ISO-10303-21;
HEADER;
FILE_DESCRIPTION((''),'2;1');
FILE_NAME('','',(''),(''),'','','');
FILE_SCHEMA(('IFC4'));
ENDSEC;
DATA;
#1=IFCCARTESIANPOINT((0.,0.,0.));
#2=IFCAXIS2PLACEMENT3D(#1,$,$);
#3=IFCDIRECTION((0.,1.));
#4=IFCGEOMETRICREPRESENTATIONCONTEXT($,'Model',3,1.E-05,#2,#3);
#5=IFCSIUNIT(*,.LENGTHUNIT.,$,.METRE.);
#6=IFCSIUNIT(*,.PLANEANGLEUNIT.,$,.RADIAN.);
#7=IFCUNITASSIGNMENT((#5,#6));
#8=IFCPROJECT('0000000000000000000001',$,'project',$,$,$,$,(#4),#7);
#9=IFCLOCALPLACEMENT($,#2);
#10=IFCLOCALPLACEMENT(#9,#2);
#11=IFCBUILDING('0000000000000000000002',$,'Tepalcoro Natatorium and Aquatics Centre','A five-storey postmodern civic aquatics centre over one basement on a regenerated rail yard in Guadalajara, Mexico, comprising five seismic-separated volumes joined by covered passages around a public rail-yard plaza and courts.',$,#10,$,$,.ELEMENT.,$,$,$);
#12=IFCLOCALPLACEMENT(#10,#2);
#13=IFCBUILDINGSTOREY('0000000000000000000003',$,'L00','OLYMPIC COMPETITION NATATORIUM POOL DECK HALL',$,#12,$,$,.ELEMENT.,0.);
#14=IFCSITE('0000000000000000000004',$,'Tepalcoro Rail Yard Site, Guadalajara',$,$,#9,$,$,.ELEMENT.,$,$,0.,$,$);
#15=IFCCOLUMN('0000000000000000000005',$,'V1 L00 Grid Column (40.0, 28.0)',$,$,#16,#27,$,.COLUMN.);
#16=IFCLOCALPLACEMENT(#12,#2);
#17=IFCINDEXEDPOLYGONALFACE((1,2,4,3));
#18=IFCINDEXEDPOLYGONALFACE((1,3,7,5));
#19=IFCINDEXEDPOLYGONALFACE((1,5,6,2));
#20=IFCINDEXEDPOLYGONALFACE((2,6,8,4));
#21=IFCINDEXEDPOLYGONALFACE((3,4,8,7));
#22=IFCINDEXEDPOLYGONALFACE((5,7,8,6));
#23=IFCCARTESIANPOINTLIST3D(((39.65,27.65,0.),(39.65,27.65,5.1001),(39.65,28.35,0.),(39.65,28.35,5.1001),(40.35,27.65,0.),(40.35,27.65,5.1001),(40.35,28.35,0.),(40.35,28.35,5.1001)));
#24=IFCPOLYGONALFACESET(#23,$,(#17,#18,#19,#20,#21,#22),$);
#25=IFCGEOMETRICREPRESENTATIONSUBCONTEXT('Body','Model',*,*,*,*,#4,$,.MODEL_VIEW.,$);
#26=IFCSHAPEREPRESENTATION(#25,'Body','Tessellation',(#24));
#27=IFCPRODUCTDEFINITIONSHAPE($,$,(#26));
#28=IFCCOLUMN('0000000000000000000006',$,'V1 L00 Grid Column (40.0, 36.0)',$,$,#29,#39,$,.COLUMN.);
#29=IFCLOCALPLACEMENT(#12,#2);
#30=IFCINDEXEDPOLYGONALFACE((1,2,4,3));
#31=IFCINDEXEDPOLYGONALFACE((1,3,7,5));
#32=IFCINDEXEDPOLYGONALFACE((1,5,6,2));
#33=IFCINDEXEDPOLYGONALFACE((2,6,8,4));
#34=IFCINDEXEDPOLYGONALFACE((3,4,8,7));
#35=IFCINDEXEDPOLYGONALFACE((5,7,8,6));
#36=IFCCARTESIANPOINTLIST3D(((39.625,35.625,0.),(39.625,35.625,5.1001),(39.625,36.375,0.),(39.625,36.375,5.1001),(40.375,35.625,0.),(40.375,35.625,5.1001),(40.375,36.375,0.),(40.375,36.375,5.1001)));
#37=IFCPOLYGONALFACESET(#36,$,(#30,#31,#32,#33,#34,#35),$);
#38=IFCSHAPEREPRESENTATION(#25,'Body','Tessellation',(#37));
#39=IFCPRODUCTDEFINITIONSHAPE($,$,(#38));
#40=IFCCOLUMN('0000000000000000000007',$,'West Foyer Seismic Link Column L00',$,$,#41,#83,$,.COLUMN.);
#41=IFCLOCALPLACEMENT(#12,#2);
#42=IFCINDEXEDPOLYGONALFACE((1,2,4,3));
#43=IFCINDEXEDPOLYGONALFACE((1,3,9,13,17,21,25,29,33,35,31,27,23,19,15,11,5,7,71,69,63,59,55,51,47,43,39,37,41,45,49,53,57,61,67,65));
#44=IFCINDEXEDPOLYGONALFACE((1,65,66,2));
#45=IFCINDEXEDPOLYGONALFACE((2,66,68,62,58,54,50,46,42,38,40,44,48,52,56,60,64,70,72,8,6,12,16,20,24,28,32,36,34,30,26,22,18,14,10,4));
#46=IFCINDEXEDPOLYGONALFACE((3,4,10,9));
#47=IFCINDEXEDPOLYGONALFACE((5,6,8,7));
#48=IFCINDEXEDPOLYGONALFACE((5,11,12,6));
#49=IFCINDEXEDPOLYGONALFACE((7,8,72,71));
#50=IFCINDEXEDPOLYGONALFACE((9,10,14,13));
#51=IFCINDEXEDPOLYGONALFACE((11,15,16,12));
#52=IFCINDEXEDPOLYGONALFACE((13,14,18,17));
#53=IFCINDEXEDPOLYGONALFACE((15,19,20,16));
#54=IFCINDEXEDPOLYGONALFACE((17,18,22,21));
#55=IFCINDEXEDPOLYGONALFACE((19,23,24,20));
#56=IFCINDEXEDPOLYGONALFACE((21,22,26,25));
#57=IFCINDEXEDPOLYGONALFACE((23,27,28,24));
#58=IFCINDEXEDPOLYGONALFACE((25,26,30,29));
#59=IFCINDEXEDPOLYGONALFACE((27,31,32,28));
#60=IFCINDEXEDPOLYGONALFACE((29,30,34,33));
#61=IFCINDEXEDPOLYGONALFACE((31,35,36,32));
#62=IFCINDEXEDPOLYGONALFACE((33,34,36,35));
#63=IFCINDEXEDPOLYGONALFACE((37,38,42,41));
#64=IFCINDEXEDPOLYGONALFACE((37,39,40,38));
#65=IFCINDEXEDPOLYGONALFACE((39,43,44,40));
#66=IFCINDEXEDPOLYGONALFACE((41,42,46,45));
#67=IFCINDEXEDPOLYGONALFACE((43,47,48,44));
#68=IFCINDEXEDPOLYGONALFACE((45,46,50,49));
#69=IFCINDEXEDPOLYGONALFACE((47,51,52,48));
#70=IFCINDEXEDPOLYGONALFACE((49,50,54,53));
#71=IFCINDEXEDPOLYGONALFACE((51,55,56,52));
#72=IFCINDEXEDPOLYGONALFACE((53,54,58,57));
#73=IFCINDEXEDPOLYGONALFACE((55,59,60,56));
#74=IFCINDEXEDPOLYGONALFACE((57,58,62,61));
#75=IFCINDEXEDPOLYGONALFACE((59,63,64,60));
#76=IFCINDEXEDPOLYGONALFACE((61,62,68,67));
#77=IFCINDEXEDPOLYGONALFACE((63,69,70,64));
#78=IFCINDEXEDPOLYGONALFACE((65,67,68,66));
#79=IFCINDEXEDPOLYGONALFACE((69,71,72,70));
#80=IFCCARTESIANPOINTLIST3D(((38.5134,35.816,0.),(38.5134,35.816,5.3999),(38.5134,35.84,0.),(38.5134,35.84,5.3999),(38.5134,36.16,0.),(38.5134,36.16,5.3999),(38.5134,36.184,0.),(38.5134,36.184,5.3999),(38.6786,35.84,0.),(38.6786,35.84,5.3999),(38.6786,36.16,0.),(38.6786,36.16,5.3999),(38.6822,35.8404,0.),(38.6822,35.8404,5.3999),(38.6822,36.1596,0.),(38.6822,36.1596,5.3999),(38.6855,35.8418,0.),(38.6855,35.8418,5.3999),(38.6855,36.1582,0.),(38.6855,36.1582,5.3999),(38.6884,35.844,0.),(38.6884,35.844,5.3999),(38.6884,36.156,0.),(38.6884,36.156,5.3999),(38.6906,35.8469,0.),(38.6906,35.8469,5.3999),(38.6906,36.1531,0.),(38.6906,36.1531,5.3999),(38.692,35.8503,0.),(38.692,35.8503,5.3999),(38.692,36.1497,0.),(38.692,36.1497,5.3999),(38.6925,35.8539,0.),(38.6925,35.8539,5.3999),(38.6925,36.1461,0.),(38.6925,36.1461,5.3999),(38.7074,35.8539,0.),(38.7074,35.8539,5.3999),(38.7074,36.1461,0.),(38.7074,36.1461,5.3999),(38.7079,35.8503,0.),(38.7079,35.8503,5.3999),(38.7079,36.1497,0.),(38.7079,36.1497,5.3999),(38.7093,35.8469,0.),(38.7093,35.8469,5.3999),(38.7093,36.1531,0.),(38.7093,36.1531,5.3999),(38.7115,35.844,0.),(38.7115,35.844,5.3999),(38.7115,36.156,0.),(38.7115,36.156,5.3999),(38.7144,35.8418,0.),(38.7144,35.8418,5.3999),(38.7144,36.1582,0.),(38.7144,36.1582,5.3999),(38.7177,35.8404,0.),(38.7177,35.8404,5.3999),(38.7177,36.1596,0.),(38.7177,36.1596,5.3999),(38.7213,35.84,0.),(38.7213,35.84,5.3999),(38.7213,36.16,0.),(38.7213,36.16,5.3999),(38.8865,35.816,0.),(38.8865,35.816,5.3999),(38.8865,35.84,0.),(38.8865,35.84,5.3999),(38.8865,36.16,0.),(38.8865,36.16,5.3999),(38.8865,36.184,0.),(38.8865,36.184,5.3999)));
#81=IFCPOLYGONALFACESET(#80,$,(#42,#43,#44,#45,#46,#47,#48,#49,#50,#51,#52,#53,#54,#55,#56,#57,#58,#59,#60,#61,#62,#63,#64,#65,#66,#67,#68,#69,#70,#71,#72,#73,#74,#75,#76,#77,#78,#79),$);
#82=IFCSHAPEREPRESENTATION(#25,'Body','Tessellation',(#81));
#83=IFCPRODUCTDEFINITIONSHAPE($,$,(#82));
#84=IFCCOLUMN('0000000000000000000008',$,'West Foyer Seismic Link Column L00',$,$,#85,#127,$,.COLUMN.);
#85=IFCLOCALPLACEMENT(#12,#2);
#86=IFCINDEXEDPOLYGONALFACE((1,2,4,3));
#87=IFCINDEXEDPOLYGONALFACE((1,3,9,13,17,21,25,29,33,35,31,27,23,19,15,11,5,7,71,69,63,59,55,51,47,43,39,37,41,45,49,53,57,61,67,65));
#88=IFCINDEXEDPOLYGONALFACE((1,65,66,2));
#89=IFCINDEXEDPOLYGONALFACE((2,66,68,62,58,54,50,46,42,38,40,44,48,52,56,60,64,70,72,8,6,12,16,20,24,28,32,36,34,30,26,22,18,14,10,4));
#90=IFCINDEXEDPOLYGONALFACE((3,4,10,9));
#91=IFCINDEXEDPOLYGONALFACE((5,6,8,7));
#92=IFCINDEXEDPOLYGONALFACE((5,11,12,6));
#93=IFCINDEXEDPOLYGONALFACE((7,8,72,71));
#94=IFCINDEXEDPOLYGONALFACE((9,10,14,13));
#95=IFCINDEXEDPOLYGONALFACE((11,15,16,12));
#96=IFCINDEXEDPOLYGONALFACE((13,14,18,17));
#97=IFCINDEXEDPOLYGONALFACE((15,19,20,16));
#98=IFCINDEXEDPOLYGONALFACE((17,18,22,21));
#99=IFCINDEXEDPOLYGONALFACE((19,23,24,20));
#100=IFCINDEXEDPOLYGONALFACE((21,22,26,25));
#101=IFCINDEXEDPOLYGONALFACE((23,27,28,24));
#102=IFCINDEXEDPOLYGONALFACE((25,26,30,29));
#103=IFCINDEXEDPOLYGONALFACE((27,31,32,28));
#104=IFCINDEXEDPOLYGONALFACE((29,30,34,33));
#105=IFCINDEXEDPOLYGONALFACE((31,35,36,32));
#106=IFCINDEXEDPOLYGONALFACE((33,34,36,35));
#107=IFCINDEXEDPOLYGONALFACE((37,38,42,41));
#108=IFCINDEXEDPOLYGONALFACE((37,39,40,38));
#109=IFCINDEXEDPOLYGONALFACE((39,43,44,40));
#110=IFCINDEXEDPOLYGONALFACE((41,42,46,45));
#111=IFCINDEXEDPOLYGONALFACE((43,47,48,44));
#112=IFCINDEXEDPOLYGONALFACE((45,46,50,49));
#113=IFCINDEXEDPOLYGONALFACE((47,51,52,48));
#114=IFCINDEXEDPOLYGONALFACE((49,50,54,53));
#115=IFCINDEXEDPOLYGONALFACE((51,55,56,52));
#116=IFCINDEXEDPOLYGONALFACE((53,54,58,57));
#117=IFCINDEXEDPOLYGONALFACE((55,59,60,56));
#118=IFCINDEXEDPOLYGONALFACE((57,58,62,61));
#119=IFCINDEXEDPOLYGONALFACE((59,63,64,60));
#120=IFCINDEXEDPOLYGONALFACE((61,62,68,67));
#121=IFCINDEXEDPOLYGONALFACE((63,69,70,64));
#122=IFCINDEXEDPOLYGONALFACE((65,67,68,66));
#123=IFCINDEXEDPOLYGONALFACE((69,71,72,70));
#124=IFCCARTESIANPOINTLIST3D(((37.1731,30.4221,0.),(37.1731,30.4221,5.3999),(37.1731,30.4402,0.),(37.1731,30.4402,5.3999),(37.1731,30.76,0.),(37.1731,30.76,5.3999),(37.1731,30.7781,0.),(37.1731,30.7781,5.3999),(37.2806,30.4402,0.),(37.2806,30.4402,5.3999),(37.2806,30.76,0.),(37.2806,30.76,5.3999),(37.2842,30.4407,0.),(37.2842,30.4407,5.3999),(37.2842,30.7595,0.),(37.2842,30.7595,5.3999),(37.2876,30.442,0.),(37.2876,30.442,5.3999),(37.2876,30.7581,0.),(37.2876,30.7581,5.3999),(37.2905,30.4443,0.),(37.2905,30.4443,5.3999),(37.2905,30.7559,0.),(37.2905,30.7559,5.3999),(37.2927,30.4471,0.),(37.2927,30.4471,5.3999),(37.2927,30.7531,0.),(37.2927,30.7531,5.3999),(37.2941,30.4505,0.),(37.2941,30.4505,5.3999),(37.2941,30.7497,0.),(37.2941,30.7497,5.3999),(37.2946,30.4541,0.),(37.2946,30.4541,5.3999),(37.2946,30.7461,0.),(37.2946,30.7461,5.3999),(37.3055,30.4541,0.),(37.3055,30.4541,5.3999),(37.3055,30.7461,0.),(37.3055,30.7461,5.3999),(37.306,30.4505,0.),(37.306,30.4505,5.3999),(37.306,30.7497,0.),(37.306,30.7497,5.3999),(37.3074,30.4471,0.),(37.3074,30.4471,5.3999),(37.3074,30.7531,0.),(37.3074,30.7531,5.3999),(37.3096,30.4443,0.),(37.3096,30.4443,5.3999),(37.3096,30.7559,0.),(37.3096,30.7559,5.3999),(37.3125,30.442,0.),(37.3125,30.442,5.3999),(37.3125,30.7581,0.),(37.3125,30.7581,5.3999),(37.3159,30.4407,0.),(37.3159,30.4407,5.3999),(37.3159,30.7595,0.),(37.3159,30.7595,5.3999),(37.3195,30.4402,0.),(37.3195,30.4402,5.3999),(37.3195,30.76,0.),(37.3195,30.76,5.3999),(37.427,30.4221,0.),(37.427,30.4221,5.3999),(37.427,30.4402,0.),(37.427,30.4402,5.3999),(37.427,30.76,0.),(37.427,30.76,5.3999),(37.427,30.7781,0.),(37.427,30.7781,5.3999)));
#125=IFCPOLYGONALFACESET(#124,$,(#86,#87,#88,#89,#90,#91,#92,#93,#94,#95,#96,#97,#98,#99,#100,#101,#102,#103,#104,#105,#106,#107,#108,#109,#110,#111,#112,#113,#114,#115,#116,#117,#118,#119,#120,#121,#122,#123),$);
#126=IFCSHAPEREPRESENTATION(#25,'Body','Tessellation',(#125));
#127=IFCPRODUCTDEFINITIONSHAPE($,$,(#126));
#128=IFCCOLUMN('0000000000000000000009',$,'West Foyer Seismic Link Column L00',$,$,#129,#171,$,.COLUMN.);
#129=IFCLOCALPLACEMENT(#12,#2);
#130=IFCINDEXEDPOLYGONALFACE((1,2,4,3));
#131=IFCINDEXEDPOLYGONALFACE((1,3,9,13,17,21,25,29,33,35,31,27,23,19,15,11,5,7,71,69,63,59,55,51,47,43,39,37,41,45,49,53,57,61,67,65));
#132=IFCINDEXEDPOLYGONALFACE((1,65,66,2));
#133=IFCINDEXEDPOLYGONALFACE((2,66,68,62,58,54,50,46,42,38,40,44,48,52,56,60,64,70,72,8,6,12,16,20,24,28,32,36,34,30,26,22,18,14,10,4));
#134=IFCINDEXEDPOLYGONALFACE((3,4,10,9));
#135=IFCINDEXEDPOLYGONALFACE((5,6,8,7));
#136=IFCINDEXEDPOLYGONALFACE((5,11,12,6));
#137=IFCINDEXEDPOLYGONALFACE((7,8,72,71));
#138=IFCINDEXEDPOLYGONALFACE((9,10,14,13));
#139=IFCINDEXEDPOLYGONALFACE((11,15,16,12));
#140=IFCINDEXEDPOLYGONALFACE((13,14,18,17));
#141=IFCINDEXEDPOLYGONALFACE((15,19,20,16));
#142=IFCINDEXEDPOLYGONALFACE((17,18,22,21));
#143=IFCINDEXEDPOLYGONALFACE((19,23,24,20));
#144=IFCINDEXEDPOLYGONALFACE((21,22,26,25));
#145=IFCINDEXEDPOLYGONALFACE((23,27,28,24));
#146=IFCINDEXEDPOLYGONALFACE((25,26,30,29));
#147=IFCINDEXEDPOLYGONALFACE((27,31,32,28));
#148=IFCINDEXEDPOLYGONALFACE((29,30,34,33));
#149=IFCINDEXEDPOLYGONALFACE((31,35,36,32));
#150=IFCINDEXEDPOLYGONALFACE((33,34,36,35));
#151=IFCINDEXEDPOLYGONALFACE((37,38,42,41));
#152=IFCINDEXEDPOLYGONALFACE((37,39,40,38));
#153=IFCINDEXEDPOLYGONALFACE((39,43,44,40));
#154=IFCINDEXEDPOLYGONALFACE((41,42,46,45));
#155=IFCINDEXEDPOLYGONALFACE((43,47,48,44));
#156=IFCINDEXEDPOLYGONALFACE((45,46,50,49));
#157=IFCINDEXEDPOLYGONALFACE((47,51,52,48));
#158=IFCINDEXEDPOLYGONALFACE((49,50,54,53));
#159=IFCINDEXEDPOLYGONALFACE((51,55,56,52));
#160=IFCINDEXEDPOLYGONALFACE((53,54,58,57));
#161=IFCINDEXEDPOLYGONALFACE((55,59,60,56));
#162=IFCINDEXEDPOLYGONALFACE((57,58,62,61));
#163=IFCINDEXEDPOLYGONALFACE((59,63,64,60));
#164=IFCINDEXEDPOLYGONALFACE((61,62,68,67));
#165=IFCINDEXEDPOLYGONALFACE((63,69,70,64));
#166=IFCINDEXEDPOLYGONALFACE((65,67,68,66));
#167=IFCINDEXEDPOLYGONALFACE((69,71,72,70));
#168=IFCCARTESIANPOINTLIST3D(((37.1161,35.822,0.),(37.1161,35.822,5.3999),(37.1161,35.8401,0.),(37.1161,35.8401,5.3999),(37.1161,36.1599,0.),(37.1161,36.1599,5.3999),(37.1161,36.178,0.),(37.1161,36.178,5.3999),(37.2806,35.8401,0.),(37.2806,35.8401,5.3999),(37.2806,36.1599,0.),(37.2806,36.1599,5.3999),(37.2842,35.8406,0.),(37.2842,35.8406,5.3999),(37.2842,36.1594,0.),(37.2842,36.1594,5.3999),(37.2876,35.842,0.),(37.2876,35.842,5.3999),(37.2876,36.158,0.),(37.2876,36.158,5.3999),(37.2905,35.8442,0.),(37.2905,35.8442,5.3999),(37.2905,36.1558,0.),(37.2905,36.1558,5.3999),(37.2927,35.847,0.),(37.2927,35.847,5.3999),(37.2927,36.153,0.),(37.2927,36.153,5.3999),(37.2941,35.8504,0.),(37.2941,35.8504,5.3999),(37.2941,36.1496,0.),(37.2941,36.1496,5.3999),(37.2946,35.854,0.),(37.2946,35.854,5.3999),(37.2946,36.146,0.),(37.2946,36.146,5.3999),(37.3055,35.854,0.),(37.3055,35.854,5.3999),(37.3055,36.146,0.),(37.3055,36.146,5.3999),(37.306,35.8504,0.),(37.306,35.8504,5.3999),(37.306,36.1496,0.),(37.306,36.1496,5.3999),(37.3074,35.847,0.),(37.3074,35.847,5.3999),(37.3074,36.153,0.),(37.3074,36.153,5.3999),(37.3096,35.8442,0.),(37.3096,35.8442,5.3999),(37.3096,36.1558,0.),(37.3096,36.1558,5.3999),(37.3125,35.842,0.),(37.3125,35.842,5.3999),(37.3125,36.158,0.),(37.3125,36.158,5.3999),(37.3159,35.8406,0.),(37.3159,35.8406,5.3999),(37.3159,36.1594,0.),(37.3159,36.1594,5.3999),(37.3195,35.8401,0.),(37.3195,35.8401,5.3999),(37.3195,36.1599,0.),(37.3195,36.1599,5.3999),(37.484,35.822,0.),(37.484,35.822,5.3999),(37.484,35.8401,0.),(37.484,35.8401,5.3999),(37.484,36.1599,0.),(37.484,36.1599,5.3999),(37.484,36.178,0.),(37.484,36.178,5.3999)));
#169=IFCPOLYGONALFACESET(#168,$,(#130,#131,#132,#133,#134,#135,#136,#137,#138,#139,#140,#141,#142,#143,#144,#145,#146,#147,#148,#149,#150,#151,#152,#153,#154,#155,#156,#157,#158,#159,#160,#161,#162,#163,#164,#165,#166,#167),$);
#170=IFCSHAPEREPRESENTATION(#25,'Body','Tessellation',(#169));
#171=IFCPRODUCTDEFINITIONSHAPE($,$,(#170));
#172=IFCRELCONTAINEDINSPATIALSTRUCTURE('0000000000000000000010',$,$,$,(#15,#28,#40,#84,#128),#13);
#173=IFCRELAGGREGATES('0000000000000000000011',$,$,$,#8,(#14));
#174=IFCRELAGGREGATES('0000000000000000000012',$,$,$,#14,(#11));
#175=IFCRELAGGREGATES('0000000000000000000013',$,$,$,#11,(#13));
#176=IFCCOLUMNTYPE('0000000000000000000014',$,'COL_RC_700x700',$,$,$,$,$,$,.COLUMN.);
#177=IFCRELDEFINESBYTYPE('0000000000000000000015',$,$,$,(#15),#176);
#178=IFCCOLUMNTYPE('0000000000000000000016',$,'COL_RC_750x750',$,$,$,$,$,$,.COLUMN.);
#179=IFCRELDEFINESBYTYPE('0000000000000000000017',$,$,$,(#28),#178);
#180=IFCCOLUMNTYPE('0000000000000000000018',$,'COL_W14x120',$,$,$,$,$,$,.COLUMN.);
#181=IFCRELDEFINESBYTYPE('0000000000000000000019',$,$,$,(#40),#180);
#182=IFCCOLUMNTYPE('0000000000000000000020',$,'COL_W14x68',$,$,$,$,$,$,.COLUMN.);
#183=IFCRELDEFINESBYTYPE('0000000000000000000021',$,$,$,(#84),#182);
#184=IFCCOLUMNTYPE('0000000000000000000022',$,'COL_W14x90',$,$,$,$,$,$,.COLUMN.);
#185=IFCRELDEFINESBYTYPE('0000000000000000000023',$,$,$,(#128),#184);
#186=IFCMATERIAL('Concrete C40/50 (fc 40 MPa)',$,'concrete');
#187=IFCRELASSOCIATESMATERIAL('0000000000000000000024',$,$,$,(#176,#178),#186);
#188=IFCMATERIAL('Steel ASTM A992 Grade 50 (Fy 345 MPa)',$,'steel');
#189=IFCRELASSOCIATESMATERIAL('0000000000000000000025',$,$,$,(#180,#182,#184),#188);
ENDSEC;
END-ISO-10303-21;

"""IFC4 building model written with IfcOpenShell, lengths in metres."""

from ifc_helpers import new_model, si_unit, direction, frame, origin, origin_2d, place, context, subcontext, project, spatial, rectangle, i_section, extrude, material, material_profile, profile_set, type_object, element, save


model = new_model("IFC4")

# Units and contexts
model_context = context("Model", 3, precision=1e-05, world=origin(), true_north=direction((0.0, 1.0)))
body_context = subcontext(model_context, "Body", "Model", "MODEL_VIEW")
ifc_project = project(units=[si_unit("LENGTHUNIT", "METRE"), si_unit("PLANEANGLEUNIT", "RADIAN")], contexts=[model_context])

# Site, building, storey
site_placement = place(None, origin())
site = spatial("IfcSite", under=ifc_project, at=site_placement, Name="Tepalcoro Rail Yard Site, Guadalajara", CompositionType="ELEMENT", RefElevation=0.0)
building_placement = place(site_placement, origin())
building = spatial("IfcBuilding", under=site, at=building_placement, Name="Tepalcoro Natatorium and Aquatics Centre", Description="A five-storey postmodern civic aquatics centre over one basement on a regenerated rail yard in Guadalajara, Mexico, comprising five seismic-separated volumes joined by covered passages around a public rail-yard plaza and courts.", CompositionType="ELEMENT")
storey_placement = place(building_placement, origin())
storey = spatial("IfcBuildingStorey", under=building, at=storey_placement, Name="L00", Description="OLYMPIC COMPETITION NATATORIUM POOL DECK HALL", CompositionType="ELEMENT", Elevation=0.0)

# Shared definitions
ifc_material_1 = material(Name="Concrete C40/50 (fc 40 MPa)", Category="concrete")

# Columns
ifc_material_profile_1 = material_profile(ifc_material_1, rectangle(XDim=0.7, YDim=0.7, at=origin_2d()), Name="RC700x700")
ifc_profile_set_1 = profile_set([ifc_material_profile_1], Name="Concrete C40/50 (fc 40 MPa)")
column_type_1 = type_object("IfcColumnType", Name="COL_RC_700x700", PredefinedType="COLUMN", material=ifc_profile_set_1)
column_1_placement = place(storey_placement, frame((40.0, 28.0, 0.0), z_axis=(0.0, 0.0, 1.0), x_axis=(1.0, 0.0, 0.0)))
element("IfcColumn", 1, at=column_1_placement, inside=storey, type_object=column_type_1, Name="V1 L00 Grid Column (40.0, 28.0)", PredefinedType="COLUMN", context=body_context, shape_type="SweptSolid", body=[
    extrude(rectangle(XDim=0.7, YDim=0.7, at=origin_2d()), origin(), (0.0, 0.0, 1.0), 5.1001),
])
ifc_material_profile_2 = material_profile(ifc_material_1, rectangle(XDim=0.75, YDim=0.75, at=origin_2d()), Name="RC750x750")
ifc_profile_set_2 = profile_set([ifc_material_profile_2], Name="Concrete C40/50 (fc 40 MPa)")
column_type_2 = type_object("IfcColumnType", Name="COL_RC_750x750", PredefinedType="COLUMN", material=ifc_profile_set_2)
column_2_placement = place(storey_placement, frame((40.0, 36.0, 0.0), z_axis=(0.0, 0.0, 1.0), x_axis=(1.0, 0.0, 0.0)))
element("IfcColumn", 2, at=column_2_placement, inside=storey, type_object=column_type_2, Name="V1 L00 Grid Column (40.0, 36.0)", PredefinedType="COLUMN", context=body_context, shape_type="SweptSolid", body=[
    extrude(rectangle(XDim=0.75, YDim=0.75, at=origin_2d()), origin(), (0.0, 0.0, 1.0), 5.1001),
])
ifc_material_2 = material(Name="Steel ASTM A992 Grade 50 (Fy 345 MPa)", Category="steel")
ifc_material_profile_3 = material_profile(ifc_material_2, i_section(OverallWidth=0.373, OverallDepth=0.3679, WebThickness=0.0149, FlangeThickness=0.0239, FilletRadius=0.0139, at=origin_2d()), Name="W14X120")
ifc_profile_set_3 = profile_set([ifc_material_profile_3], Name="Steel ASTM A992 Grade 50 (Fy 345 MPa)")
column_type_3 = type_object("IfcColumnType", Name="COL_W14x120", PredefinedType="COLUMN", material=ifc_profile_set_3)
column_3_placement = place(storey_placement, frame((38.7, 36.0, 0.0), z_axis=(0.0, 0.0, 1.0), x_axis=(1.0, 0.0, 0.0)))
element("IfcColumn", 3, at=column_3_placement, inside=storey, type_object=column_type_3, Name="West Foyer Seismic Link Column L00", PredefinedType="COLUMN", context=body_context, shape_type="SweptSolid", body=[
    extrude(i_section(OverallWidth=0.373, OverallDepth=0.3679, WebThickness=0.0149, FlangeThickness=0.0239, FilletRadius=0.0139, at=origin_2d()), origin(), (0.0, 0.0, 1.0), 5.3999),
])
ifc_material_profile_4 = material_profile(ifc_material_2, i_section(OverallWidth=0.2539, OverallDepth=0.356, WebThickness=0.011, FlangeThickness=0.0181, FilletRadius=0.0139, at=origin_2d()), Name="W14X68")
ifc_profile_set_4 = profile_set([ifc_material_profile_4], Name="Steel ASTM A992 Grade 50 (Fy 345 MPa)")
column_type_4 = type_object("IfcColumnType", Name="COL_W14x68", PredefinedType="COLUMN", material=ifc_profile_set_4)
column_4_placement = place(storey_placement, frame((37.3, 30.6001, 0.0), z_axis=(0.0, 0.0, 1.0), x_axis=(1.0, 0.0, 0.0)))
element("IfcColumn", 4, at=column_4_placement, inside=storey, type_object=column_type_4, Name="West Foyer Seismic Link Column L00", PredefinedType="COLUMN", context=body_context, shape_type="SweptSolid", body=[
    extrude(i_section(OverallWidth=0.2539, OverallDepth=0.356, WebThickness=0.011, FlangeThickness=0.0181, FilletRadius=0.0139, at=origin_2d()), origin(), (0.0, 0.0, 1.0), 5.3999),
])
ifc_material_profile_5 = material_profile(ifc_material_2, i_section(OverallWidth=0.3679, OverallDepth=0.356, WebThickness=0.011, FlangeThickness=0.0181, FilletRadius=0.0139, at=origin_2d()), Name="W14X90")
ifc_profile_set_5 = profile_set([ifc_material_profile_5], Name="Steel ASTM A992 Grade 50 (Fy 345 MPa)")
column_type_5 = type_object("IfcColumnType", Name="COL_W14x90", PredefinedType="COLUMN", material=ifc_profile_set_5)
for number, where, z_axis, x_axis, name in (
    (5, (37.3, 36.0, 0.0), (0.0, 0.0, 1.0), (1.0, 0.0, 0.0), "West Foyer Seismic Link Column L00"),
):
    element("IfcColumn", number, at=place(storey_placement, frame(where, z_axis=z_axis, x_axis=x_axis)), inside=storey, type_object=column_type_5, Name=name, PredefinedType="COLUMN", context=body_context, shape_type="SweptSolid", body=[
        extrude(i_section(OverallWidth=0.3679, OverallDepth=0.356, WebThickness=0.011, FlangeThickness=0.0181, FilletRadius=0.0139, at=origin_2d()), origin(), (0.0, 0.0, 1.0), 5.3999),
    ])

save(model, "model.ifc")
